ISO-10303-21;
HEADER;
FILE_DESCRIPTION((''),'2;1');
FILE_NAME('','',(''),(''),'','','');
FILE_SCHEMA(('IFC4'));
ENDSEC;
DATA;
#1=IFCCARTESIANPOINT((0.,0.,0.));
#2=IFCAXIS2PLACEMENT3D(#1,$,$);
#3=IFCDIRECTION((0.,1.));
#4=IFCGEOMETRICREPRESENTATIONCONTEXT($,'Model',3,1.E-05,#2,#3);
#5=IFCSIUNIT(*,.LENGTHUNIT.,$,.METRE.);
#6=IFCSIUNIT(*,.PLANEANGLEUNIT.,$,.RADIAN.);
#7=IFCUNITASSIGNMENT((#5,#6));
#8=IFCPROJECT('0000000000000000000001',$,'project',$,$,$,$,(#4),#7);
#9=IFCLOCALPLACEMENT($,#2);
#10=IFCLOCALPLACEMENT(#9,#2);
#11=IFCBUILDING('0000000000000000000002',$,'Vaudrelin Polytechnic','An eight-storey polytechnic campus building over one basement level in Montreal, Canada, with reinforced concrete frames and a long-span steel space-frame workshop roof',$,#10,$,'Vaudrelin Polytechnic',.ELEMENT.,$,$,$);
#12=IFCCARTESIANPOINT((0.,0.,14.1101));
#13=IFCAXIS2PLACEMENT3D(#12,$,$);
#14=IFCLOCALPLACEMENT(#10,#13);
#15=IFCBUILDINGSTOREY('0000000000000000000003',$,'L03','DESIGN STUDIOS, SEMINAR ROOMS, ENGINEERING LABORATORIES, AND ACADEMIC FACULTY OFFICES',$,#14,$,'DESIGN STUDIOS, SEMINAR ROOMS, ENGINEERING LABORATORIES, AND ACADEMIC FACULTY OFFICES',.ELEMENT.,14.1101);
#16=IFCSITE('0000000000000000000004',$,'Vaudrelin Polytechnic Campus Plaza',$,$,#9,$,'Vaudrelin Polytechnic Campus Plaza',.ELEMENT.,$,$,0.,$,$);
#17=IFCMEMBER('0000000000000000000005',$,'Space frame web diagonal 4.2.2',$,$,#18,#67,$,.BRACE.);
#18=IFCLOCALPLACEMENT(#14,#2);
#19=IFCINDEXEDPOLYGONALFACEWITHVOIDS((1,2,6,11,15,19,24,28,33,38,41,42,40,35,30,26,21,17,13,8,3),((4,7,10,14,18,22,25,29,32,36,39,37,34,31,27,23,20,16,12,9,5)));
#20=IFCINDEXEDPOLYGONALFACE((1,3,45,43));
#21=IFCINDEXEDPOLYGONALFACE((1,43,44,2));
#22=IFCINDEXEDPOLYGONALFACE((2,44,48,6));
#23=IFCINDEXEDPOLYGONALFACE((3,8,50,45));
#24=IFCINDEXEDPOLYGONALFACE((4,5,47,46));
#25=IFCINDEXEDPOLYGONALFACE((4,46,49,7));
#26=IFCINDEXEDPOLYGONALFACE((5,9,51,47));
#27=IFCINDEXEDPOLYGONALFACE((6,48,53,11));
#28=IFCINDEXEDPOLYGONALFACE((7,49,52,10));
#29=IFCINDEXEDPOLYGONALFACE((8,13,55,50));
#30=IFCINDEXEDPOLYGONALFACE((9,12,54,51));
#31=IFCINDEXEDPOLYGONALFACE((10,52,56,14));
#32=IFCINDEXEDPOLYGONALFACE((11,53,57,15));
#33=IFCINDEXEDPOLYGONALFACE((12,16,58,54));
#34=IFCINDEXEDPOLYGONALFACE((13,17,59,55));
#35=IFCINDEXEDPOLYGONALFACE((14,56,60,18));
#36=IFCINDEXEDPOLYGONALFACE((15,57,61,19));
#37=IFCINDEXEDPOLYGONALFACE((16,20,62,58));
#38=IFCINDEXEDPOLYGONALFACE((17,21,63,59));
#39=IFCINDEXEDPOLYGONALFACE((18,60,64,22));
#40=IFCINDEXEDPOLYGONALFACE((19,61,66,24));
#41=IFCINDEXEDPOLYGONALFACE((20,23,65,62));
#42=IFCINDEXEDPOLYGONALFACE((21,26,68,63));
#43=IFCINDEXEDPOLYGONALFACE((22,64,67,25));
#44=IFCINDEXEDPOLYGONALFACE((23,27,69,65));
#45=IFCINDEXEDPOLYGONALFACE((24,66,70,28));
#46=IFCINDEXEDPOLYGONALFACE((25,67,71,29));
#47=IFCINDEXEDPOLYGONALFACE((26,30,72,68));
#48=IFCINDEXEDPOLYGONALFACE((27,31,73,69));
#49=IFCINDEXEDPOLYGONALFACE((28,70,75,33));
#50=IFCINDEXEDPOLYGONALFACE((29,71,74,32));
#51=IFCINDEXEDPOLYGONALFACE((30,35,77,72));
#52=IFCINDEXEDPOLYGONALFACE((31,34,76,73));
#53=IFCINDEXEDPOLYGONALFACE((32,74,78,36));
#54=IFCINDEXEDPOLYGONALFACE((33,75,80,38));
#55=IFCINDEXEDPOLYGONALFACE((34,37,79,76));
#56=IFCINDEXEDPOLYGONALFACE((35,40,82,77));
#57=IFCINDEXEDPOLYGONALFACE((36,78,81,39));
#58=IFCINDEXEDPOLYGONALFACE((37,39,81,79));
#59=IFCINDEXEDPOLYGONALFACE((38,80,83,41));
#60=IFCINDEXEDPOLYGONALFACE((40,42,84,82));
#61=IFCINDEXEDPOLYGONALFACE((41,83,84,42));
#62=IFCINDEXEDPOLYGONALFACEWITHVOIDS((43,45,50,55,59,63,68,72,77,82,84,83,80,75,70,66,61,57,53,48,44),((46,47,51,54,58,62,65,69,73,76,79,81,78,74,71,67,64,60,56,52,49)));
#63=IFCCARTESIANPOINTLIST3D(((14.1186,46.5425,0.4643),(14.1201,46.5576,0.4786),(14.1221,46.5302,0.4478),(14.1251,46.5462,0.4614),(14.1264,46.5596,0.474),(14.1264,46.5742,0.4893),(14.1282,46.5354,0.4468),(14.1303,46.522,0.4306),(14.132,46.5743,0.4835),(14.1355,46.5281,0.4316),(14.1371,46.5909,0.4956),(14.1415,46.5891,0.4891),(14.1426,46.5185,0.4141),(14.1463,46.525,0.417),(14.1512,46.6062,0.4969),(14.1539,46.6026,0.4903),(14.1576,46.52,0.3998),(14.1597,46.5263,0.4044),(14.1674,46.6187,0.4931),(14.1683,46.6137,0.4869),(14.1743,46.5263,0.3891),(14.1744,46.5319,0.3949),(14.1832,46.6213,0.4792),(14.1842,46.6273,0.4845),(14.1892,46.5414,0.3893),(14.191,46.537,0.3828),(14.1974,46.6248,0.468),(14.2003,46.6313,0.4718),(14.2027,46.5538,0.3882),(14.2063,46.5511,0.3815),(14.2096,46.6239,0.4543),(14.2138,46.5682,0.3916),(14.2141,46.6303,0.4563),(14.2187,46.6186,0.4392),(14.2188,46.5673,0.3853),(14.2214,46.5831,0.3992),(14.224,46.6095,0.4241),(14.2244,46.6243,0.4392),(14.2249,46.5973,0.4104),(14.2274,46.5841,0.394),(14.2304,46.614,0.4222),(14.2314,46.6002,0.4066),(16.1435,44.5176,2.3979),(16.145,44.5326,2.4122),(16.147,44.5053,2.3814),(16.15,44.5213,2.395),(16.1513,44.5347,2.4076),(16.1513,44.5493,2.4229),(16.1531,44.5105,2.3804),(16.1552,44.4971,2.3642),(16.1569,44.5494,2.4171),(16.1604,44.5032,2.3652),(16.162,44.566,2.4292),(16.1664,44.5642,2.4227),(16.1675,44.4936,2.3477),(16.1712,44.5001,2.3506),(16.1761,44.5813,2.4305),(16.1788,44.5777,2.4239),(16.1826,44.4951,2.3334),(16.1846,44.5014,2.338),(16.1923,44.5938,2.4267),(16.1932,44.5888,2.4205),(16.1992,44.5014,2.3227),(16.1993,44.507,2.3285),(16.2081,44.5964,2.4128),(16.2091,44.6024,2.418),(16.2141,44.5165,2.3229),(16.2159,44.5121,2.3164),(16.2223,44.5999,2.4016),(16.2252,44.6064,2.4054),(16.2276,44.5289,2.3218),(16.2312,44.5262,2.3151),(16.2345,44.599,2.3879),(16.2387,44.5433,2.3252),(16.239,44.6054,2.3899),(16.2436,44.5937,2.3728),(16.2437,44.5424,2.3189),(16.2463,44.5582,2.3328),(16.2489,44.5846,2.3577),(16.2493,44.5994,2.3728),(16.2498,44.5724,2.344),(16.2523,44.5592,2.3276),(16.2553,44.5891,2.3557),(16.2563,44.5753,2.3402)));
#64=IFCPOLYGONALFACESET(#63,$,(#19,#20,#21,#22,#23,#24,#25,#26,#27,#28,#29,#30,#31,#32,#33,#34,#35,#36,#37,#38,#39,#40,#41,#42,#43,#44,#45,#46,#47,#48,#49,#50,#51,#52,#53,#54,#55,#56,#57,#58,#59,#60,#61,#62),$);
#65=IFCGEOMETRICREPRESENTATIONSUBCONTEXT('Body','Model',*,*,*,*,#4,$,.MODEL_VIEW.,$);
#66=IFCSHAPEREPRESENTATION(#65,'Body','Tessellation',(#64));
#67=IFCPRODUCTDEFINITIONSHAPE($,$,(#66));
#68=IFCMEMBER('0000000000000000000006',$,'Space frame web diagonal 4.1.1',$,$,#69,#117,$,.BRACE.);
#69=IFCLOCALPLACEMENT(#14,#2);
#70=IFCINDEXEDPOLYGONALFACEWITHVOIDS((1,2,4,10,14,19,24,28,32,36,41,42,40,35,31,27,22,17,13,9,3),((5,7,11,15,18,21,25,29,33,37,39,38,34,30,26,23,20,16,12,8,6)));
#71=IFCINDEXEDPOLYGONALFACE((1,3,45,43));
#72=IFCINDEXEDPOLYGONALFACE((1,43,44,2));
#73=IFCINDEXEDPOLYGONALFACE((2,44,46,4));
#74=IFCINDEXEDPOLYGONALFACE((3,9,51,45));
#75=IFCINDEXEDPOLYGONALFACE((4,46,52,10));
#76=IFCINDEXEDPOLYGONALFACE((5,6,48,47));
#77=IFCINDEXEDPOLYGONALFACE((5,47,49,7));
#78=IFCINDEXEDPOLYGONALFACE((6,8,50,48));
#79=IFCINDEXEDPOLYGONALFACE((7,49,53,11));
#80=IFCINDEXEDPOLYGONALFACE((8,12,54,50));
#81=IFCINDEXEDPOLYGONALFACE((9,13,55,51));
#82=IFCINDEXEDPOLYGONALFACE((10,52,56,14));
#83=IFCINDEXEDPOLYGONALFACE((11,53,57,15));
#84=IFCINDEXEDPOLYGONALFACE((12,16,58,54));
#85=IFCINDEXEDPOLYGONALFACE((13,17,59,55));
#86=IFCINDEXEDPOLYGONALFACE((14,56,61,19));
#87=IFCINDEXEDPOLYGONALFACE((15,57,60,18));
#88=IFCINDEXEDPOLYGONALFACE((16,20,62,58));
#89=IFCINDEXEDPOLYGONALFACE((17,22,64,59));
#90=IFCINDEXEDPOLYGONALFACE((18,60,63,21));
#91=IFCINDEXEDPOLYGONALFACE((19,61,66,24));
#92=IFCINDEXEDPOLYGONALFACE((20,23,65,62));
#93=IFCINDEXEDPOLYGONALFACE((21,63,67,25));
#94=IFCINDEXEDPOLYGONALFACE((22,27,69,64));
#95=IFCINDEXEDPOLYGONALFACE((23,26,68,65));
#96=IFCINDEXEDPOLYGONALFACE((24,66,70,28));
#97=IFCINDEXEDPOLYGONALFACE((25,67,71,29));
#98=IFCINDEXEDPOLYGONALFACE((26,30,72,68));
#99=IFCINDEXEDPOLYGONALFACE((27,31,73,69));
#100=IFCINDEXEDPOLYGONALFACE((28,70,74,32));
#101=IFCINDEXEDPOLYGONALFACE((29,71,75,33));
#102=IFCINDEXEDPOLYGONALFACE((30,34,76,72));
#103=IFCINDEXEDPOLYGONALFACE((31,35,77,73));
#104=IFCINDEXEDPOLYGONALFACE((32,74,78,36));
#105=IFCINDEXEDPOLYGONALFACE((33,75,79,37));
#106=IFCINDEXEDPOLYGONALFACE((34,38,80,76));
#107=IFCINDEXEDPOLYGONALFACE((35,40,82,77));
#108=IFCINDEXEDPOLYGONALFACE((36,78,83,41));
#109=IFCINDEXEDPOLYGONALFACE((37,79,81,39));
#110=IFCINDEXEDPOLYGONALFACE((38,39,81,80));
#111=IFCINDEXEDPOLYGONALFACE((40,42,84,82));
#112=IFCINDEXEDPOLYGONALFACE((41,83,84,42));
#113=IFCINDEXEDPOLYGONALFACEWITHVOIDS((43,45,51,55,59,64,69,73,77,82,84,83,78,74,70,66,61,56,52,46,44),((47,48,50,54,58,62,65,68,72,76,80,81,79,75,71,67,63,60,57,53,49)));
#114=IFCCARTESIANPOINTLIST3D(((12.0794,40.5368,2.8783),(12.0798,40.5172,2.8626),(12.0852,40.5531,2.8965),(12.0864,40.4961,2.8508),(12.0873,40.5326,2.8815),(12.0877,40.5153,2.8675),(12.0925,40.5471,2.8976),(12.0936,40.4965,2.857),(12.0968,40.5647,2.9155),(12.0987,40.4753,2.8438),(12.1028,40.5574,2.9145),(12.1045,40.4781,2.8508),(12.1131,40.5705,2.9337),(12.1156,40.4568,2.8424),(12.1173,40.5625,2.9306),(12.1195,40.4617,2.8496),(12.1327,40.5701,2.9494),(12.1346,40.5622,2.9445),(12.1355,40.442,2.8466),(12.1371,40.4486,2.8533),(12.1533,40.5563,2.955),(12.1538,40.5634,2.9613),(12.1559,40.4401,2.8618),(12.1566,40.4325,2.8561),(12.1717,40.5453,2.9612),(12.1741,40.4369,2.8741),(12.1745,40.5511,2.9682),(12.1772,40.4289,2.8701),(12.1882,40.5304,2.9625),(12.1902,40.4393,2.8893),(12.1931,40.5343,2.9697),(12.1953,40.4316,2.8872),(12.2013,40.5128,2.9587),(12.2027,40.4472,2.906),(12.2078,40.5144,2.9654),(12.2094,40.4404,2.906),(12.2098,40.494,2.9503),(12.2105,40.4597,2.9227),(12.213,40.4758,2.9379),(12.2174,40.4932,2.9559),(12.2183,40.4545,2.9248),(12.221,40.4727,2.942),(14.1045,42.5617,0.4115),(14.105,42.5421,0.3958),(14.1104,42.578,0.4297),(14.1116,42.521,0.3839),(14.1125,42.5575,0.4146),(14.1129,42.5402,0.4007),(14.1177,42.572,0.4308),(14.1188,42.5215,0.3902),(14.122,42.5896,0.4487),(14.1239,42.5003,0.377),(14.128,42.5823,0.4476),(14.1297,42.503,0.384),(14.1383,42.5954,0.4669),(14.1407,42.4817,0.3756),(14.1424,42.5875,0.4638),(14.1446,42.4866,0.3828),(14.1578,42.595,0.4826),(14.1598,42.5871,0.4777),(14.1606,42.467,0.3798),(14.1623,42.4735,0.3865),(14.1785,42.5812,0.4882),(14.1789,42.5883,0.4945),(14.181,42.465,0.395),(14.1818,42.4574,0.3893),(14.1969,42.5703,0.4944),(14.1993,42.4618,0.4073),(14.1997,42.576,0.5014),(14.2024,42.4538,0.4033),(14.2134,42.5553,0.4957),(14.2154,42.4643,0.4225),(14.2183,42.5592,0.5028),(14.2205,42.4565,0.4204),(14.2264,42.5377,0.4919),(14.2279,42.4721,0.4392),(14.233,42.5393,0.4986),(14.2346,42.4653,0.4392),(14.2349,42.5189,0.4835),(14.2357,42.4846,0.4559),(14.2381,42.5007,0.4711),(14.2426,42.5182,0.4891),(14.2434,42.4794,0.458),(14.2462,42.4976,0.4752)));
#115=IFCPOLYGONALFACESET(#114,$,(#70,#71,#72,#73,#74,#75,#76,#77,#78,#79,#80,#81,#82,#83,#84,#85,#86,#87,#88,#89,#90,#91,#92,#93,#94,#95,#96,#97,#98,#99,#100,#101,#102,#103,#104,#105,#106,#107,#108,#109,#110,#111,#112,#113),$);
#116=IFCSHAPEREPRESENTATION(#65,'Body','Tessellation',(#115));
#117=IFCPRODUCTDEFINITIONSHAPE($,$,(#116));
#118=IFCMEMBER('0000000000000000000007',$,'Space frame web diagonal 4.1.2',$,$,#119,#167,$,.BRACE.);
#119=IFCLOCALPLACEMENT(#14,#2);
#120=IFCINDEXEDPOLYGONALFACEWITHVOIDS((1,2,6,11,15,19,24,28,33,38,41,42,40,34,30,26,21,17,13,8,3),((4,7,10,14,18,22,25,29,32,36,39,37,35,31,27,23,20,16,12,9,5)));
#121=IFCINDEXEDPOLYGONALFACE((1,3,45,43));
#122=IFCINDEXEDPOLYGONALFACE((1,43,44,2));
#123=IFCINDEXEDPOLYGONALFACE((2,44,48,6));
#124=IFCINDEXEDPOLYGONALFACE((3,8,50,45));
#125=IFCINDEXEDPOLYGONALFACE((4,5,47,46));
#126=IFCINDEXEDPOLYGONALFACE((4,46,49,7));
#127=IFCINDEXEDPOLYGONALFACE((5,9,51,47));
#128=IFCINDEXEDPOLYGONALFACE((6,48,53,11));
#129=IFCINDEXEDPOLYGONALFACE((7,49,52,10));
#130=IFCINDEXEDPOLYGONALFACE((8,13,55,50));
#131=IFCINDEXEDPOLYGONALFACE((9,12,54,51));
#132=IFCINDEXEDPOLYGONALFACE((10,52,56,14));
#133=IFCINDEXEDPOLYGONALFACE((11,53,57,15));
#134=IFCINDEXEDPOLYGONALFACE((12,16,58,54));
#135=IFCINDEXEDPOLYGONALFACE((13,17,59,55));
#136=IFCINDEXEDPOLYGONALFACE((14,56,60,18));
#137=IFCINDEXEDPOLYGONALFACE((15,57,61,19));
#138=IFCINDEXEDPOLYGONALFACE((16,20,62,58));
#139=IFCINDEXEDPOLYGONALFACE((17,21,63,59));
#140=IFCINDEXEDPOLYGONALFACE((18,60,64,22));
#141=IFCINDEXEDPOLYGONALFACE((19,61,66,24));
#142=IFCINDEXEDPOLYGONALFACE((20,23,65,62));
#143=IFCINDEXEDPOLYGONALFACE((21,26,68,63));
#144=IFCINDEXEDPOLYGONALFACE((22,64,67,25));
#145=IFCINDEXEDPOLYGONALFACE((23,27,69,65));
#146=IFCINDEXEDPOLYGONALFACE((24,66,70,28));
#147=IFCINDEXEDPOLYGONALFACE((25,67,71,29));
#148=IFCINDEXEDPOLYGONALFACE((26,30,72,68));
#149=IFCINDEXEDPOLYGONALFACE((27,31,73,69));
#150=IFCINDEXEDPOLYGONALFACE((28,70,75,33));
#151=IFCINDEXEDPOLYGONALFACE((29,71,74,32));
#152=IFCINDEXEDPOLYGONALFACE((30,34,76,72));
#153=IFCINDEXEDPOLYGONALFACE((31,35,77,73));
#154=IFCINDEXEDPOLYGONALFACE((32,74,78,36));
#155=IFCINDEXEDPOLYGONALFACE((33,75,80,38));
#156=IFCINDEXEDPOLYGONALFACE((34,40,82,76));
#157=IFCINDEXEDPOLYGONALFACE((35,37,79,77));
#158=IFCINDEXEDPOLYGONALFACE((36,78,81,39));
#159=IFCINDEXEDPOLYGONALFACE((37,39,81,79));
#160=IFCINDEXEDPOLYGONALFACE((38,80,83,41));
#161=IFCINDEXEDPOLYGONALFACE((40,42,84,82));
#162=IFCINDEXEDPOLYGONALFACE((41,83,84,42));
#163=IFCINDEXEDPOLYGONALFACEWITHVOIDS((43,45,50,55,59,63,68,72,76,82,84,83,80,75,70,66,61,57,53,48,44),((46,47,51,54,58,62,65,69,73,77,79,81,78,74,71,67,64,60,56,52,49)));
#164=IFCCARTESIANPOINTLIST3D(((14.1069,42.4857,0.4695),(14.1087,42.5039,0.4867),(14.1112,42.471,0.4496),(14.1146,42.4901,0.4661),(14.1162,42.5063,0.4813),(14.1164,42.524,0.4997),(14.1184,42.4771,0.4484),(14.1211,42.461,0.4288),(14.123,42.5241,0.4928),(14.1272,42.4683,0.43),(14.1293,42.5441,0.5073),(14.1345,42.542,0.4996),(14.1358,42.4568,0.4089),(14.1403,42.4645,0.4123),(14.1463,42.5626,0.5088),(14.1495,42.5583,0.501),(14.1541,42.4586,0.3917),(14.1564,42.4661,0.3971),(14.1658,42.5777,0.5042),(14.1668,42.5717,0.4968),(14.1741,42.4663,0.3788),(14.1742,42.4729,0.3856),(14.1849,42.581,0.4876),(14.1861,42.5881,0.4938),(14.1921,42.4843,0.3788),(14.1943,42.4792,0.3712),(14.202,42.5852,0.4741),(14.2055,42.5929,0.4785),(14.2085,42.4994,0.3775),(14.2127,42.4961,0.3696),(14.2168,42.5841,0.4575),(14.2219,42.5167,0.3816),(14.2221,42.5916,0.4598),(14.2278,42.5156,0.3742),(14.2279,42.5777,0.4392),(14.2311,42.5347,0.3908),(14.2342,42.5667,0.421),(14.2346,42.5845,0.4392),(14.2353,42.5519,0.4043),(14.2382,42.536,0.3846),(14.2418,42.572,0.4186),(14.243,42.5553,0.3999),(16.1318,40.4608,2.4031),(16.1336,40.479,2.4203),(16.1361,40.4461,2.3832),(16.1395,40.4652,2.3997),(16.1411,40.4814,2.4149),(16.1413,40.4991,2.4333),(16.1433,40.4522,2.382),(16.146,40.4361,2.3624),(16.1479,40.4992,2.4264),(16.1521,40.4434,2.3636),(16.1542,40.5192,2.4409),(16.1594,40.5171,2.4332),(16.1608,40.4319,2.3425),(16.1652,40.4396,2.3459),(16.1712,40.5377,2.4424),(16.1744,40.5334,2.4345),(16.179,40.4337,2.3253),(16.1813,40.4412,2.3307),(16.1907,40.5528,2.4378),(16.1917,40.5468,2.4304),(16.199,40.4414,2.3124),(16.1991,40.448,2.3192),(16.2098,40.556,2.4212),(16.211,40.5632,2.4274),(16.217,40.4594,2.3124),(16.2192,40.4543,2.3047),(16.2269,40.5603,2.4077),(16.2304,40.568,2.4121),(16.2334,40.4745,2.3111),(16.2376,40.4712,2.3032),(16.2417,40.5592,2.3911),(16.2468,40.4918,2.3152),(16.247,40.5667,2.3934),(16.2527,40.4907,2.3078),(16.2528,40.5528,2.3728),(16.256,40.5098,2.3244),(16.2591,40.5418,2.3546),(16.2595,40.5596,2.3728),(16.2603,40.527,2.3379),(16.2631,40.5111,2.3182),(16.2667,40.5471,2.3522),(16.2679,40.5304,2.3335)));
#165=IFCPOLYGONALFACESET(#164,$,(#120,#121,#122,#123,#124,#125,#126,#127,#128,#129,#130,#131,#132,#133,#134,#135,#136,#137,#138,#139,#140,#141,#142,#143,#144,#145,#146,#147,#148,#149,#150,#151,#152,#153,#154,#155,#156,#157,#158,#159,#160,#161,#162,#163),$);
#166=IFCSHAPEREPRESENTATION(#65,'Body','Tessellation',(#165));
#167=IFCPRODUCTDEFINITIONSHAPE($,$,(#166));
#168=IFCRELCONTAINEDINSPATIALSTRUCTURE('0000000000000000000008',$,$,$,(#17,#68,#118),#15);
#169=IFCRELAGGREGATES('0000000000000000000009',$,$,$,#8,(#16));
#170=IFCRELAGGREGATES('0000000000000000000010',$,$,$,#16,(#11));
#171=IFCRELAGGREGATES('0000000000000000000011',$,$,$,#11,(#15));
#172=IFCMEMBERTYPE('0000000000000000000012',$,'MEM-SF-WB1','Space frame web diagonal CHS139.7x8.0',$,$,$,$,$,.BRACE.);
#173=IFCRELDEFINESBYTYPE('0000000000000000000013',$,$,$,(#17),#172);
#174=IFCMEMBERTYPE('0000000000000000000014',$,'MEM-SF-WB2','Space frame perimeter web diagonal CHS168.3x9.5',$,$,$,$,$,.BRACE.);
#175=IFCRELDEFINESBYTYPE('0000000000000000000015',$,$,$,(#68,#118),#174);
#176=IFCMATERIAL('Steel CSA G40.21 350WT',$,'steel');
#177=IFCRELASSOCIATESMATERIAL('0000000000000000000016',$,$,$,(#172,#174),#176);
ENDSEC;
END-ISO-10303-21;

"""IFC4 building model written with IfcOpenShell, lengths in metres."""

from ifc_helpers import new_model, si_unit, direction, frame, origin, origin_2d, place, context, subcontext, project, spatial, hollow_circle, extrude, material, material_profile, profile_set, type_object, element, save


model = new_model("IFC4")

# Units and contexts
model_context = context("Model", 3, precision=1e-05, world=origin(), true_north=direction((0.0, 1.0)))
body_context = subcontext(model_context, "Body", "Model", "MODEL_VIEW")
ifc_project = project(units=[si_unit("LENGTHUNIT", "METRE"), si_unit("PLANEANGLEUNIT", "RADIAN")], contexts=[model_context])

# Site, building, storey
site_placement = place(None, origin())
site = spatial("IfcSite", under=ifc_project, at=site_placement, Name="Vaudrelin Polytechnic Campus Plaza", LongName="Vaudrelin Polytechnic Campus Plaza", CompositionType="ELEMENT", RefElevation=0.0)
building_placement = place(site_placement, origin())
building = spatial("IfcBuilding", under=site, at=building_placement, Name="Vaudrelin Polytechnic", Description="An eight-storey polytechnic campus building over one basement level in Montreal, Canada, with reinforced concrete frames and a long-span steel space-frame workshop roof", LongName="Vaudrelin Polytechnic", CompositionType="ELEMENT")
storey_placement = place(building_placement, frame((0.0, 0.0, 14.1101)))
storey = spatial("IfcBuildingStorey", under=building, at=storey_placement, Name="L03", Description="DESIGN STUDIOS, SEMINAR ROOMS, ENGINEERING LABORATORIES, AND ACADEMIC FACULTY OFFICES", LongName="DESIGN STUDIOS, SEMINAR ROOMS, ENGINEERING LABORATORIES, AND ACADEMIC FACULTY OFFICES", CompositionType="ELEMENT", Elevation=14.1101)

# Members
ifc_material = material(Name="Steel CSA G40.21 350WT", Category="steel")
ifc_material_profile_1 = material_profile(ifc_material, hollow_circle(Radius=0.0698, WallThickness=0.0081, at=origin_2d()), Name="CHS139.7x8.0")
ifc_profile_set_1 = profile_set([ifc_material_profile_1], Name="Steel CSA G40.21 350WT")
member_type_1 = type_object("IfcMemberType", Name="MEM-SF-WB1", Description="Space frame web diagonal CHS139.7x8.0", PredefinedType="BRACE", material=ifc_profile_set_1)
member_1_placement = place(storey_placement, frame((14.175, 46.575, 0.4392), z_axis=(0.586024, -0.586024, 0.559599), x_axis=(0.707107, 0.707107, 0.0)))
element("IfcMember", 1, at=member_1_placement, inside=storey, type_object=member_type_1, Name="Space frame web diagonal 4.2.2", PredefinedType="BRACE", context=body_context, shape_type="SweptSolid", body=[
    extrude(hollow_circle(Radius=0.0698, WallThickness=0.0081, at=origin_2d()), origin(), (0.0, 0.0, 1.0), 3.4553),
])
ifc_material_profile_2 = material_profile(ifc_material, hollow_circle(Radius=0.0842, WallThickness=0.0095, at=origin_2d()), Name="CHS168.3x9.5")
ifc_profile_set_2 = profile_set([ifc_material_profile_2], Name="Steel CSA G40.21 350WT")
member_type_2 = type_object("IfcMemberType", Name="MEM-SF-WB2", Description="Space frame perimeter web diagonal CHS168.3x9.5", PredefinedType="BRACE", material=ifc_profile_set_2)
member_2_placement = place(storey_placement, frame((14.175, 42.5249, 0.4392), z_axis=(-0.535788, -0.535723, 0.652634), x_axis=(0.707064, -0.707149, 0.0)))
element("IfcMember", 2, at=member_2_placement, inside=storey, type_object=member_type_2, Name="Space frame web diagonal 4.1.1", PredefinedType="BRACE", context=body_context, shape_type="SweptSolid", body=[
    extrude(hollow_circle(Radius=0.0842, WallThickness=0.0095, at=origin_2d()), origin(), (0.0, 0.0, 1.0), 3.7798),
])
member_3_placement = place(storey_placement, frame((14.175, 42.5249, 0.4392), z_axis=(0.586024, -0.586024, 0.559599), x_axis=(0.707107, 0.707107, 0.0)))
element("IfcMember", 3, at=member_3_placement, inside=storey, type_object=member_type_2, Name="Space frame web diagonal 4.1.2", PredefinedType="BRACE", context=body_context, shape_type="SweptSolid", body=[
    extrude(hollow_circle(Radius=0.0842, WallThickness=0.0095, at=origin_2d()), origin(), (0.0, 0.0, 1.0), 3.4553),
])

save(model, "model.ifc")
